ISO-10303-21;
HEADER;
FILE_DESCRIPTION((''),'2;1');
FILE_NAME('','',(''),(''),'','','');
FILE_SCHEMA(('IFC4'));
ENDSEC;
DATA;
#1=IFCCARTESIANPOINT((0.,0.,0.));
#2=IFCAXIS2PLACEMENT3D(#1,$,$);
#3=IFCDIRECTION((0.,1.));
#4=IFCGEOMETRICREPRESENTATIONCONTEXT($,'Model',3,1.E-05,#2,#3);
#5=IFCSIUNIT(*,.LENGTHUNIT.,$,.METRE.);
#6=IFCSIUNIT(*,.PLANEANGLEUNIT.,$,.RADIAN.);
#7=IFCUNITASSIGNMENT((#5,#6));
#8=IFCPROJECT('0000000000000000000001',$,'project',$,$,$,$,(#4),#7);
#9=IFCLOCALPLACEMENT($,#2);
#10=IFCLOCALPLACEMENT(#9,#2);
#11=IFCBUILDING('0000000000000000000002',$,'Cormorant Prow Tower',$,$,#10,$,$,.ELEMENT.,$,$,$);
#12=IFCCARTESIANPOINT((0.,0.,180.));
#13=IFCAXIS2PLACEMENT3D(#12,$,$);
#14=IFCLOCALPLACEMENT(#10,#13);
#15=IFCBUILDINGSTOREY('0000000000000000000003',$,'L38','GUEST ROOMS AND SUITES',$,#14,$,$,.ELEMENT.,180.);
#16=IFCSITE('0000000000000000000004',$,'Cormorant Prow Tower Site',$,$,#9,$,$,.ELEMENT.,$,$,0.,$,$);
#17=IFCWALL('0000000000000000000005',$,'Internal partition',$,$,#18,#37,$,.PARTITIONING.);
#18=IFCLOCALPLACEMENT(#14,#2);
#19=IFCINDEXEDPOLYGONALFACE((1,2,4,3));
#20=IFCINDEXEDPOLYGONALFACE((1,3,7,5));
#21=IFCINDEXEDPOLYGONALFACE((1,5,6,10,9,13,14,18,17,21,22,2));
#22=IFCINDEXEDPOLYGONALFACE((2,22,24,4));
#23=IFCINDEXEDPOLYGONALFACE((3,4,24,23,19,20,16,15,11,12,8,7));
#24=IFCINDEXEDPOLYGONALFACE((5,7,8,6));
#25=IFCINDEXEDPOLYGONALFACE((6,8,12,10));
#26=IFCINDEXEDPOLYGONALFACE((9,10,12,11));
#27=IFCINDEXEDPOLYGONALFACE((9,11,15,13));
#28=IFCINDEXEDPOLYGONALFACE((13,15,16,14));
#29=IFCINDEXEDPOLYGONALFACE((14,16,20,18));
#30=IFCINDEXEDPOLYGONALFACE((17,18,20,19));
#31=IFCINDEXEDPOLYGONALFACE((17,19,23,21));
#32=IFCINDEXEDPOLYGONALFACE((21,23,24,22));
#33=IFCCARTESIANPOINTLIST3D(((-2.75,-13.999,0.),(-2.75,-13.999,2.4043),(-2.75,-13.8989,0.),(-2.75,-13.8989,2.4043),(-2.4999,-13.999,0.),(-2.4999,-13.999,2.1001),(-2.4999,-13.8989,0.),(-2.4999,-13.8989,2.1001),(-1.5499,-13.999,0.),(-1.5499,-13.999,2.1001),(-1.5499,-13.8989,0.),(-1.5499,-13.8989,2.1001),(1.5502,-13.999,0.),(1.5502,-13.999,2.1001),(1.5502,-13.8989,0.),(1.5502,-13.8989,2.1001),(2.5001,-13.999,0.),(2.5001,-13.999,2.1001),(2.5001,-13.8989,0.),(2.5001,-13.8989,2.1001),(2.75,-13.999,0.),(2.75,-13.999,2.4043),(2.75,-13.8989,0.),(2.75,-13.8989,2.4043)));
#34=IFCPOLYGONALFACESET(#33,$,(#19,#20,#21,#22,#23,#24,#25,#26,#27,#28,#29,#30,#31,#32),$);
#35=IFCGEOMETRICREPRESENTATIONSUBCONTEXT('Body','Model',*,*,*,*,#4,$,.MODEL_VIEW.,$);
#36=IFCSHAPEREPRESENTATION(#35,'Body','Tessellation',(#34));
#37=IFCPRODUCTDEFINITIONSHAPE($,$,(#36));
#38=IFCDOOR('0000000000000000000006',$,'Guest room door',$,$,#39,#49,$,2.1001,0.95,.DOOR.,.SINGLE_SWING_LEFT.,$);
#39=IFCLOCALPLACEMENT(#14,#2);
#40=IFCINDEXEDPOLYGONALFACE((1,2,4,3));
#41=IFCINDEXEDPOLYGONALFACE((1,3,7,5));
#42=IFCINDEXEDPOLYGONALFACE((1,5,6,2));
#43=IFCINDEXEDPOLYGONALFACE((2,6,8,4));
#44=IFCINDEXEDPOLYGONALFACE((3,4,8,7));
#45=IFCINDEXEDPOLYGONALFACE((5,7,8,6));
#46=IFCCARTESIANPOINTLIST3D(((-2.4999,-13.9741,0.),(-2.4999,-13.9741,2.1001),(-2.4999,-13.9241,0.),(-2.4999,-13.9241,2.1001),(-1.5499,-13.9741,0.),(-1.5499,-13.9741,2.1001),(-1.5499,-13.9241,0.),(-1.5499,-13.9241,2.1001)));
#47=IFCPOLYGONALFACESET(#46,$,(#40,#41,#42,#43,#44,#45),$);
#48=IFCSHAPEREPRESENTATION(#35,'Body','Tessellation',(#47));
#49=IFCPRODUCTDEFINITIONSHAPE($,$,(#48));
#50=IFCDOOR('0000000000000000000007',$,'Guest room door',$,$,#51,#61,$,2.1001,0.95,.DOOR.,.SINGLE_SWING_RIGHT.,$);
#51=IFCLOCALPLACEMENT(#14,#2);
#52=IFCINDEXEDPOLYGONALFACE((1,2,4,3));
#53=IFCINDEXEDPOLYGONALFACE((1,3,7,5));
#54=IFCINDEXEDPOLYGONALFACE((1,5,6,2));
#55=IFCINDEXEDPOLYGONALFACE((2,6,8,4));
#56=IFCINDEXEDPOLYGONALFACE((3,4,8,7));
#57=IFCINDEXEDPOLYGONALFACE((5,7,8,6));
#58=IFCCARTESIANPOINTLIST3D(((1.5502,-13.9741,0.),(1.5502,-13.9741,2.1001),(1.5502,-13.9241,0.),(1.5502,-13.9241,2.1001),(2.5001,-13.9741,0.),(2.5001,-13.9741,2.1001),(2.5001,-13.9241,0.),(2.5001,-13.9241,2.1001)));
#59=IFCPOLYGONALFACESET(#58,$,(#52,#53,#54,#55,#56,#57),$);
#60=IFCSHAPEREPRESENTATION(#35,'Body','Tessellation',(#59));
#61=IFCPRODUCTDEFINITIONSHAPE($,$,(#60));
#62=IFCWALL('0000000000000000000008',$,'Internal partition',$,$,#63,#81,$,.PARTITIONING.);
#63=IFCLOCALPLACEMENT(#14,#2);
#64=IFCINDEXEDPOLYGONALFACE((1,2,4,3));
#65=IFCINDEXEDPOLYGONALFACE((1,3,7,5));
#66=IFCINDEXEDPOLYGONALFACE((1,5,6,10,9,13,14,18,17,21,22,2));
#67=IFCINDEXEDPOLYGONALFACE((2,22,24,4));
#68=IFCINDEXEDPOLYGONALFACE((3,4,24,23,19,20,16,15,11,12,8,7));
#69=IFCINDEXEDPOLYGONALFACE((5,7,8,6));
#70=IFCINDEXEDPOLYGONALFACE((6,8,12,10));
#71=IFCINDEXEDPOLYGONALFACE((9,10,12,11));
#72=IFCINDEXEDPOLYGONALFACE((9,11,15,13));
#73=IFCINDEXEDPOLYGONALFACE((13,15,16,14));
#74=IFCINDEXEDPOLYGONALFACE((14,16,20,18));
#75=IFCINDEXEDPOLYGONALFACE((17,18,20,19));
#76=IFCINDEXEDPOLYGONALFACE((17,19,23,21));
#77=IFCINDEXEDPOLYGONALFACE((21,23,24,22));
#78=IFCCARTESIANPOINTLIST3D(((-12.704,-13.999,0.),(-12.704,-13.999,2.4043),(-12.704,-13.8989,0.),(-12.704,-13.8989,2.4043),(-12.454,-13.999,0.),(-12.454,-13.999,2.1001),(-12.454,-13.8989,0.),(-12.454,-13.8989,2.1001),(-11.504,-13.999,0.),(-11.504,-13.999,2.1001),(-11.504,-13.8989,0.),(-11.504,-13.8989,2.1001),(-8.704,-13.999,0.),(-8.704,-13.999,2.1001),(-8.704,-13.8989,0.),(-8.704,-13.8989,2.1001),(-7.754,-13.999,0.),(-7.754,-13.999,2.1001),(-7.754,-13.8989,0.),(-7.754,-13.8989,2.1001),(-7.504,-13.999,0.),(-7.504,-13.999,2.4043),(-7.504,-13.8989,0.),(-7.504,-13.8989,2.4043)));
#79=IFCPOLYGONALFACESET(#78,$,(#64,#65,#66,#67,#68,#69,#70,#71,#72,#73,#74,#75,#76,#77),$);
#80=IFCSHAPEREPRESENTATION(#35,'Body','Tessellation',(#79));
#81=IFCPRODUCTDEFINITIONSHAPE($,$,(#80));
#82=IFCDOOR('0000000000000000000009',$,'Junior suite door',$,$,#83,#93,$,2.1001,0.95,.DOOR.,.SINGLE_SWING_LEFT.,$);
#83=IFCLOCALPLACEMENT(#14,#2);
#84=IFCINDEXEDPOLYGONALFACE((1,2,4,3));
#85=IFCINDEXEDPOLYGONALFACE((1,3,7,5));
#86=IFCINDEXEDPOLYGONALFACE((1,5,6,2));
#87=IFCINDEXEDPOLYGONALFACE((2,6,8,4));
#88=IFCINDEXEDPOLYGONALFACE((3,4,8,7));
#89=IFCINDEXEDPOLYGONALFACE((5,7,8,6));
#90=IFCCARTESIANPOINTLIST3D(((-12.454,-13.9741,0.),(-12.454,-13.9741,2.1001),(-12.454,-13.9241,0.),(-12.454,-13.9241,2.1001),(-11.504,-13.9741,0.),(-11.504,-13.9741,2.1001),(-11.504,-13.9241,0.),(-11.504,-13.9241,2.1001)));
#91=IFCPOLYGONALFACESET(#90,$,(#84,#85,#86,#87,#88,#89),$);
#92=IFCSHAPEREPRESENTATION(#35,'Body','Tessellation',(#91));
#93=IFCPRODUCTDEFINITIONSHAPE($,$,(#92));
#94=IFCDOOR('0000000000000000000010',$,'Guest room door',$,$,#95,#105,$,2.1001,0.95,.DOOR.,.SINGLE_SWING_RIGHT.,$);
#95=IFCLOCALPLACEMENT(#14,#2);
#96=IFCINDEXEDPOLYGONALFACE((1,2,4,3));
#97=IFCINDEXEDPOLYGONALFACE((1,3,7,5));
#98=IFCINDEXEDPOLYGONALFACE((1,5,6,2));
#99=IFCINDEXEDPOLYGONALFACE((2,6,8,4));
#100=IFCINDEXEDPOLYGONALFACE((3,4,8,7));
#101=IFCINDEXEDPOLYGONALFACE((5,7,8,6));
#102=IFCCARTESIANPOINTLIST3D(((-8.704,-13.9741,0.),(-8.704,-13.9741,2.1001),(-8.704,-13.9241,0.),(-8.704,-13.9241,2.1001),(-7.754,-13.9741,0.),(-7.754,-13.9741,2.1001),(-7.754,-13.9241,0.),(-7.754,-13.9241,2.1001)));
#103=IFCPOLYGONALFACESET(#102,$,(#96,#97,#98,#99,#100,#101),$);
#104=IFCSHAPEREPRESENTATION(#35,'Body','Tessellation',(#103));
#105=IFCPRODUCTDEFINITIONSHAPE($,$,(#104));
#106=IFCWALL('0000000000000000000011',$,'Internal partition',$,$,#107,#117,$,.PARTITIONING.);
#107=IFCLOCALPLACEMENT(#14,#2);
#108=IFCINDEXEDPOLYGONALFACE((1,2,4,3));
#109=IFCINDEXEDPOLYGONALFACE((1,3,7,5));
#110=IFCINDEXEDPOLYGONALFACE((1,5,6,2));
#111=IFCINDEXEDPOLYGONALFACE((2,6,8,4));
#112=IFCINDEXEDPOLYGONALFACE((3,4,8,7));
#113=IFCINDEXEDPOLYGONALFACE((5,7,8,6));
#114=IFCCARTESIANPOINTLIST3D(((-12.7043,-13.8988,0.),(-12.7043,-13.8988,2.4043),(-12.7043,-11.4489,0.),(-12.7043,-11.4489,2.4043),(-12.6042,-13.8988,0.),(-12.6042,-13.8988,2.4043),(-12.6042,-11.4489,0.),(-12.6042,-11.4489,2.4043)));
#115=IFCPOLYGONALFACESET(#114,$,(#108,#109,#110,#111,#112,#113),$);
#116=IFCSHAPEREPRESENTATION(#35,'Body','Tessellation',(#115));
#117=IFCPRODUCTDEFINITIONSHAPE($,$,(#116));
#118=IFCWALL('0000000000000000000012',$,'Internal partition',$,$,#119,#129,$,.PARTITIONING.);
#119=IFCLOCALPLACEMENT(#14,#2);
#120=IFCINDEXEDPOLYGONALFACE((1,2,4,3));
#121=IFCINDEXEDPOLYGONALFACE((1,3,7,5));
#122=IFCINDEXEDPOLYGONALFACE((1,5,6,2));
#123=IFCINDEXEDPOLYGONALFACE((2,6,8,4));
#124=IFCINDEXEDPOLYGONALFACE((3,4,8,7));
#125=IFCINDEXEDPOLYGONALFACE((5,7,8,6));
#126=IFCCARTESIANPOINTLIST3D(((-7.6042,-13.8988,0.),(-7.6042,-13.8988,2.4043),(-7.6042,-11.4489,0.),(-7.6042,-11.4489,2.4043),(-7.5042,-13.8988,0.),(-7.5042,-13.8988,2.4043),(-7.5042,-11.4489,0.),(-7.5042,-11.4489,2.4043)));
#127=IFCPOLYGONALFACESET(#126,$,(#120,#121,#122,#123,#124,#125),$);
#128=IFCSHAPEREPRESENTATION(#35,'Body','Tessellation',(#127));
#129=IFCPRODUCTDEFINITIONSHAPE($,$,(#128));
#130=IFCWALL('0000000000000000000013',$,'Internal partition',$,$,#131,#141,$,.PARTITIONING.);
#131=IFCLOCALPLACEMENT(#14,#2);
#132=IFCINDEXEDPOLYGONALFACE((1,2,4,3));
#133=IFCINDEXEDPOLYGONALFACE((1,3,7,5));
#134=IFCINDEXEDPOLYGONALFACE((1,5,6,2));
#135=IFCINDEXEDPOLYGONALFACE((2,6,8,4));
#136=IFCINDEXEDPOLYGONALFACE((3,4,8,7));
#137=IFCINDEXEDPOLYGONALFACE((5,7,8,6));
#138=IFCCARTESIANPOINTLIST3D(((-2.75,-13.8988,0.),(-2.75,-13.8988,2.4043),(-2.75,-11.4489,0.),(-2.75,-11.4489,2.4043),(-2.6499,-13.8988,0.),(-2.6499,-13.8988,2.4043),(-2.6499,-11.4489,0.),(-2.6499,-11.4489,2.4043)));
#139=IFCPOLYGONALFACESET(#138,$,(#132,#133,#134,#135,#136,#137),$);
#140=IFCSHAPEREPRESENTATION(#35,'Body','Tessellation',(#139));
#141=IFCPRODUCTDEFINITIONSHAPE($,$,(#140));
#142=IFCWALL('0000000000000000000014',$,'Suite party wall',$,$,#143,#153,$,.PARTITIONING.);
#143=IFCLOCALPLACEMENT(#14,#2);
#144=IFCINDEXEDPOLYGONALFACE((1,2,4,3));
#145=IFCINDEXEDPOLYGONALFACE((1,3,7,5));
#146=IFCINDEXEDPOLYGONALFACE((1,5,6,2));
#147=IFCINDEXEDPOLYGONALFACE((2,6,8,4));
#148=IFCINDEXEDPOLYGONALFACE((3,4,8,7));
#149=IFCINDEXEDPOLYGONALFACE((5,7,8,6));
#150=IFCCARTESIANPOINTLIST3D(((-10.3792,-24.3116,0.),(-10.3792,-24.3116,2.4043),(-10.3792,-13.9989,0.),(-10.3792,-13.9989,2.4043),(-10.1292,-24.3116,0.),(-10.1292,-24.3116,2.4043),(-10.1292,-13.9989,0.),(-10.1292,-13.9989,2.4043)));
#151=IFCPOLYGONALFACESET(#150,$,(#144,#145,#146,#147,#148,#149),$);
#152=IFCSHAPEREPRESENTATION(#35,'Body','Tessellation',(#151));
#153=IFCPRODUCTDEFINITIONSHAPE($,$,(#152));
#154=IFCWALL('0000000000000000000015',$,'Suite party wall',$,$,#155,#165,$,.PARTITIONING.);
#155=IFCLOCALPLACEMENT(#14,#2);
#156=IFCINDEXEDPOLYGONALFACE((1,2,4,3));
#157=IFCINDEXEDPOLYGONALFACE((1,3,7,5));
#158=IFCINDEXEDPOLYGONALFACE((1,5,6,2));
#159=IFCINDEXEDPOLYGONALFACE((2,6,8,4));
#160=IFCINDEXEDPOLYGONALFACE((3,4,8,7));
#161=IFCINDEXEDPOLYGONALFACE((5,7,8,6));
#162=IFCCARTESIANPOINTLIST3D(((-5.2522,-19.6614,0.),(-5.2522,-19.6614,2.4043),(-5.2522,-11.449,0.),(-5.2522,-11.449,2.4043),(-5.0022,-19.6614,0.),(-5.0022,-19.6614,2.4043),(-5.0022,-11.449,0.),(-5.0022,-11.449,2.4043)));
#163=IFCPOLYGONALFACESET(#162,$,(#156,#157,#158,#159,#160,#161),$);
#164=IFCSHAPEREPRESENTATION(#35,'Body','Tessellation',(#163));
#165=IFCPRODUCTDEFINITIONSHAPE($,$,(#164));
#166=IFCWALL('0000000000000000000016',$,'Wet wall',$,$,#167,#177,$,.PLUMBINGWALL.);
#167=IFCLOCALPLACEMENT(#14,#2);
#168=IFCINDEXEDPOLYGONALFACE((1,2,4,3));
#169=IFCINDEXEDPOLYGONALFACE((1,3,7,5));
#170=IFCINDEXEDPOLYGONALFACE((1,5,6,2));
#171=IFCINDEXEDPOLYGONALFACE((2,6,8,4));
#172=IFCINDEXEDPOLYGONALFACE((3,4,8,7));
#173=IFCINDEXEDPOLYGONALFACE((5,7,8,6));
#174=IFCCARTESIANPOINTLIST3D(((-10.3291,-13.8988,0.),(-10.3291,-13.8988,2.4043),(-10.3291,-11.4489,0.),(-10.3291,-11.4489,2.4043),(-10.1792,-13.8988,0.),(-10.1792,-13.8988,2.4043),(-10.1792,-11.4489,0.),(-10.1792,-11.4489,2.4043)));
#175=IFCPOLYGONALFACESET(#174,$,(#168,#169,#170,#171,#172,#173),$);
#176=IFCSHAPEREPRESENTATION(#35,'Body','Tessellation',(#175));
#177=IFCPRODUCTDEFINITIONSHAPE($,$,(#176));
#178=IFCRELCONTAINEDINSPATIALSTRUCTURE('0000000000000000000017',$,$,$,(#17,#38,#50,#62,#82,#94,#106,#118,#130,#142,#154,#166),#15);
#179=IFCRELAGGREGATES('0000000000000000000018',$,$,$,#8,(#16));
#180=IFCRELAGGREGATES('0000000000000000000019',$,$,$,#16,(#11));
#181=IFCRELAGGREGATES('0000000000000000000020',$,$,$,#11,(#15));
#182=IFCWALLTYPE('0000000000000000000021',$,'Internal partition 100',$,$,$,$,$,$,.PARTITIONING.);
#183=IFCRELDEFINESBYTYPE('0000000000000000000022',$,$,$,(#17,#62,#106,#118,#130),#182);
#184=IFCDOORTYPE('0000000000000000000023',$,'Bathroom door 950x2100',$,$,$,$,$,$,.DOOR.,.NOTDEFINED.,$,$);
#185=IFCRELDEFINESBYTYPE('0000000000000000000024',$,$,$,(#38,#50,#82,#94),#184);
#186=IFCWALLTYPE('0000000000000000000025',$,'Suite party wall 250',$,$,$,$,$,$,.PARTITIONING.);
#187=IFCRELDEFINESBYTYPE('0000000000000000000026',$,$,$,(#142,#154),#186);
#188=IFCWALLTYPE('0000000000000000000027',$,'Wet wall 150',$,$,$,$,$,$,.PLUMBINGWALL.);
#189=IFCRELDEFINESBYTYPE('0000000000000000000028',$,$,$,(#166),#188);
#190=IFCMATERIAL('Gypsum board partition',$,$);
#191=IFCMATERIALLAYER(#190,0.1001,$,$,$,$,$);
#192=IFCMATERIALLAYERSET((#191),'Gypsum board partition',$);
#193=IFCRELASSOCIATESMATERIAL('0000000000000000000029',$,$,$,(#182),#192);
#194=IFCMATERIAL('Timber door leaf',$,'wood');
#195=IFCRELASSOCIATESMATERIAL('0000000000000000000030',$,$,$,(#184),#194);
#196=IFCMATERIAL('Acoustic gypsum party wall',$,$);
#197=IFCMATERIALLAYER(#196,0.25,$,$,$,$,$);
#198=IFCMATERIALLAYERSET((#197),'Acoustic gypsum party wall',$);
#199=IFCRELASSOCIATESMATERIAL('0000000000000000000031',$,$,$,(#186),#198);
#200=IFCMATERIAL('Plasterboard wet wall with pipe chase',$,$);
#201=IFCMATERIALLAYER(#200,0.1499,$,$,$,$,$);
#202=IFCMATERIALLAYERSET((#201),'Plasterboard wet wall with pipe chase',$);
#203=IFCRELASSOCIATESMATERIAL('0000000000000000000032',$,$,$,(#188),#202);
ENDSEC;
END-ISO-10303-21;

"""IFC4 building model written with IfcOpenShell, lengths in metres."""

from ifc_helpers import new_model, si_unit, direction, frame, frame_2d, origin, place, context, subcontext, project, spatial, rectangle, extrude, material, layer, layer_set, type_object, element, fill, save


model = new_model("IFC4")

# Units and contexts
model_context = context("Model", 3, precision=1e-05, world=origin(), true_north=direction((0.0, 1.0)))
body_context = subcontext(model_context, "Body", "Model", "MODEL_VIEW")
ifc_project = project(units=[si_unit("LENGTHUNIT", "METRE"), si_unit("PLANEANGLEUNIT", "RADIAN")], contexts=[model_context])

# Site, building, storey
site_placement = place(None, origin())
site = spatial("IfcSite", under=ifc_project, at=site_placement, Name="Cormorant Prow Tower Site", CompositionType="ELEMENT", RefElevation=0.0)
building_placement = place(site_placement, origin())
building = spatial("IfcBuilding", under=site, at=building_placement, Name="Cormorant Prow Tower", CompositionType="ELEMENT")
storey_placement = place(building_placement, frame((0.0, 0.0, 180.0)))
storey = spatial("IfcBuildingStorey", under=building, at=storey_placement, Name="L38", Description="GUEST ROOMS AND SUITES", CompositionType="ELEMENT", Elevation=180.0)

# Walls, openings, doors
ifc_material_1 = material(Name="Gypsum board partition")
ifc_layer_1 = layer(ifc_material_1, 0.1001)
ifc_layer_set_1 = layer_set([ifc_layer_1], Name="Gypsum board partition")
wall_type_1 = type_object("IfcWallType", Name="Internal partition 100", PredefinedType="PARTITIONING", material=ifc_layer_set_1)
wall_1_placement = place(storey_placement, frame((-2.75, -13.949, 0.0), z_axis=(0.0, 0.0, 1.0), x_axis=(1.0, 0.0, 0.0)))
wall_1 = element("IfcWall", 1, at=wall_1_placement, inside=storey, type_object=wall_type_1, Name="Internal partition", PredefinedType="PARTITIONING", context=body_context, shape_type="SweptSolid", body=[
    extrude(rectangle(XDim=5.5, YDim=0.1001, at=frame_2d((2.75, 0.0))), origin(), (0.0, 0.0, 1.0), 2.4043),
])
opening_1_placement = place(wall_1_placement, frame((0.25, 0.0, 0.0)))
opening_1 = element("IfcOpeningElement", 2, at=opening_1_placement, cuts=wall_1, PredefinedType="OPENING", context=body_context, shape_type="SweptSolid", body=[
    extrude(rectangle(XDim=0.95, YDim=2.1001, at=frame_2d((0.4751, 1.05))), frame((0.0, 0.0601, 0.0), z_axis=(0.0, -1.0, 0.0), x_axis=(1.0, 0.0, 0.0)), (0.0, 0.0, 1.0), 0.1201),
])
opening_2_placement = place(wall_1_placement, frame((4.3, 0.0, 0.0)))
opening_2 = element("IfcOpeningElement", 3, at=opening_2_placement, cuts=wall_1, PredefinedType="OPENING", context=body_context, shape_type="SweptSolid", body=[
    extrude(rectangle(XDim=0.95, YDim=2.1001, at=frame_2d((0.4751, 1.05))), frame((0.0, 0.0601, 0.0), z_axis=(0.0, -1.0, 0.0), x_axis=(1.0, 0.0, 0.0)), (0.0, 0.0, 1.0), 0.1201),
])
ifc_material_2 = material(Name="Timber door leaf", Category="wood")
door_type_1 = type_object("IfcDoorType", Name="Bathroom door 950x2100", OperationType="NOTDEFINED", PredefinedType="DOOR", material=ifc_material_2)
door_1_placement = place(opening_1_placement, origin())
door_1 = element("IfcDoor", 4, at=door_1_placement, inside=storey, type_object=door_type_1, Name="Guest room door", OperationType="SINGLE_SWING_LEFT", OverallHeight=2.1001, OverallWidth=0.95, PredefinedType="DOOR", context=body_context, shape_type="SweptSolid", body=[
    extrude(rectangle(XDim=0.95, YDim=2.1001, at=frame_2d((0.4751, 1.05))), frame((0.0, 0.0249, 0.0), z_axis=(0.0, -1.0, 0.0), x_axis=(1.0, 0.0, 0.0)), (0.0, 0.0, 1.0), 0.05),
])
fill(opening_1, door_1)
door_2_placement = place(opening_2_placement, origin())
door_2 = element("IfcDoor", 5, at=door_2_placement, inside=storey, type_object=door_type_1, Name="Guest room door", OperationType="SINGLE_SWING_RIGHT", OverallHeight=2.1001, OverallWidth=0.95, PredefinedType="DOOR", context=body_context, shape_type="SweptSolid", body=[
    extrude(rectangle(XDim=0.95, YDim=2.1001, at=frame_2d((0.4751, 1.05))), frame((0.0, 0.0249, 0.0), z_axis=(0.0, -1.0, 0.0), x_axis=(1.0, 0.0, 0.0)), (0.0, 0.0, 1.0), 0.05),
])
fill(opening_2, door_2)
wall_2_placement = place(storey_placement, frame((-12.7041, -13.949, 0.0), z_axis=(0.0, 0.0, 1.0), x_axis=(1.0, 0.0, 0.0)))
wall_2 = element("IfcWall", 6, at=wall_2_placement, inside=storey, type_object=wall_type_1, Name="Internal partition", PredefinedType="PARTITIONING", context=body_context, shape_type="SweptSolid", body=[
    extrude(rectangle(XDim=5.2, YDim=0.1001, at=frame_2d((2.6001, 0.0))), origin(), (0.0, 0.0, 1.0), 2.4043),
])
opening_3_placement = place(wall_2_placement, frame((0.25, 0.0, 0.0)))
opening_3 = element("IfcOpeningElement", 7, at=opening_3_placement, cuts=wall_2, PredefinedType="OPENING", context=body_context, shape_type="SweptSolid", body=[
    extrude(rectangle(XDim=0.95, YDim=2.1001, at=frame_2d((0.4751, 1.05))), frame((0.0, 0.0601, 0.0), z_axis=(0.0, -1.0, 0.0), x_axis=(1.0, 0.0, 0.0)), (0.0, 0.0, 1.0), 0.1201),
])
opening_4_placement = place(wall_2_placement, frame((4.0, 0.0, 0.0)))
opening_4 = element("IfcOpeningElement", 8, at=opening_4_placement, cuts=wall_2, PredefinedType="OPENING", context=body_context, shape_type="SweptSolid", body=[
    extrude(rectangle(XDim=0.95, YDim=2.1001, at=frame_2d((0.4751, 1.05))), frame((0.0, 0.0601, 0.0), z_axis=(0.0, -1.0, 0.0), x_axis=(1.0, 0.0, 0.0)), (0.0, 0.0, 1.0), 0.1201),
])
door_3_placement = place(opening_3_placement, origin())
door_3 = element("IfcDoor", 9, at=door_3_placement, inside=storey, type_object=door_type_1, Name="Junior suite door", OperationType="SINGLE_SWING_LEFT", OverallHeight=2.1001, OverallWidth=0.95, PredefinedType="DOOR", context=body_context, shape_type="SweptSolid", body=[
    extrude(rectangle(XDim=0.95, YDim=2.1001, at=frame_2d((0.4751, 1.05))), frame((0.0, 0.0249, 0.0), z_axis=(0.0, -1.0, 0.0), x_axis=(1.0, 0.0, 0.0)), (0.0, 0.0, 1.0), 0.05),
])
fill(opening_3, door_3)
door_4_placement = place(opening_4_placement, origin())
door_4 = element("IfcDoor", 10, at=door_4_placement, inside=storey, type_object=door_type_1, Name="Guest room door", OperationType="SINGLE_SWING_RIGHT", OverallHeight=2.1001, OverallWidth=0.95, PredefinedType="DOOR", context=body_context, shape_type="SweptSolid", body=[
    extrude(rectangle(XDim=0.95, YDim=2.1001, at=frame_2d((0.4751, 1.05))), frame((0.0, 0.0249, 0.0), z_axis=(0.0, -1.0, 0.0), x_axis=(1.0, 0.0, 0.0)), (0.0, 0.0, 1.0), 0.05),
])
fill(opening_4, door_4)

# Walls
for number, where, z_axis, x_axis, name in (
    (11, (-12.6543, -13.8989, 0.0), (0.0, 0.0, 1.0), (0.0, 1.0, 0.0), "Internal partition"),
    (12, (-7.5542, -13.8989, 0.0), (0.0, 0.0, 1.0), (0.0, 1.0, 0.0), "Internal partition"),
    (13, (-2.7, -13.8989, 0.0), (0.0, 0.0, 1.0), (0.0, 1.0, 0.0), "Internal partition"),
):
    element("IfcWall", number, at=place(storey_placement, frame(where, z_axis=z_axis, x_axis=x_axis)), inside=storey, type_object=wall_type_1, Name=name, PredefinedType="PARTITIONING", context=body_context, shape_type="SweptSolid", body=[
        extrude(rectangle(XDim=2.45, YDim=0.1001, at=frame_2d((1.2251, 0.0))), origin(), (0.0, 0.0, 1.0), 2.4043),
    ])
ifc_material_3 = material(Name="Acoustic gypsum party wall")
ifc_layer_2 = layer(ifc_material_3, 0.25)
ifc_layer_set_2 = layer_set([ifc_layer_2], Name="Acoustic gypsum party wall")
wall_type_2 = type_object("IfcWallType", Name="Suite party wall 250", PredefinedType="PARTITIONING", material=ifc_layer_set_2)
wall_3_placement = place(storey_placement, frame((-10.2542, -24.3115, 0.0), z_axis=(0.0, 0.0, 1.0), x_axis=(0.0, 1.0, 0.0)))
element("IfcWall", 14, at=wall_3_placement, inside=storey, type_object=wall_type_2, Name="Suite party wall", PredefinedType="PARTITIONING", context=body_context, shape_type="SweptSolid", body=[
    extrude(rectangle(XDim=10.3127, YDim=0.25, at=frame_2d((5.1562, 0.0))), origin(), (0.0, 0.0, 1.0), 2.4043),
])
wall_4_placement = place(storey_placement, frame((-5.1272, -19.6614, 0.0), z_axis=(0.0, 0.0, 1.0), x_axis=(0.0, 1.0, 0.0)))
element("IfcWall", 15, at=wall_4_placement, inside=storey, type_object=wall_type_2, Name="Suite party wall", PredefinedType="PARTITIONING", context=body_context, shape_type="SweptSolid", body=[
    extrude(rectangle(XDim=8.2124, YDim=0.25, at=frame_2d((4.1062, 0.0))), origin(), (0.0, 0.0, 1.0), 2.4043),
])

# Wall
ifc_material_4 = material(Name="Plasterboard wet wall with pipe chase")
ifc_layer_3 = layer(ifc_material_4, 0.1499)
ifc_layer_set_3 = layer_set([ifc_layer_3], Name="Plasterboard wet wall with pipe chase")
wall_type_3 = type_object("IfcWallType", Name="Wet wall 150", PredefinedType="PLUMBINGWALL", material=ifc_layer_set_3)
wall_5_placement = place(storey_placement, frame((-10.2542, -13.8989, 0.0), z_axis=(0.0, 0.0, 1.0), x_axis=(0.0, 1.0, 0.0)))
element("IfcWall", 16, at=wall_5_placement, inside=storey, type_object=wall_type_3, Name="Wet wall", PredefinedType="PLUMBINGWALL", context=body_context, shape_type="SweptSolid", body=[
    extrude(rectangle(XDim=2.45, YDim=0.1499, at=frame_2d((1.2251, 0.0))), origin(), (0.0, 0.0, 1.0), 2.4043),
])

save(model, "model.ifc")
